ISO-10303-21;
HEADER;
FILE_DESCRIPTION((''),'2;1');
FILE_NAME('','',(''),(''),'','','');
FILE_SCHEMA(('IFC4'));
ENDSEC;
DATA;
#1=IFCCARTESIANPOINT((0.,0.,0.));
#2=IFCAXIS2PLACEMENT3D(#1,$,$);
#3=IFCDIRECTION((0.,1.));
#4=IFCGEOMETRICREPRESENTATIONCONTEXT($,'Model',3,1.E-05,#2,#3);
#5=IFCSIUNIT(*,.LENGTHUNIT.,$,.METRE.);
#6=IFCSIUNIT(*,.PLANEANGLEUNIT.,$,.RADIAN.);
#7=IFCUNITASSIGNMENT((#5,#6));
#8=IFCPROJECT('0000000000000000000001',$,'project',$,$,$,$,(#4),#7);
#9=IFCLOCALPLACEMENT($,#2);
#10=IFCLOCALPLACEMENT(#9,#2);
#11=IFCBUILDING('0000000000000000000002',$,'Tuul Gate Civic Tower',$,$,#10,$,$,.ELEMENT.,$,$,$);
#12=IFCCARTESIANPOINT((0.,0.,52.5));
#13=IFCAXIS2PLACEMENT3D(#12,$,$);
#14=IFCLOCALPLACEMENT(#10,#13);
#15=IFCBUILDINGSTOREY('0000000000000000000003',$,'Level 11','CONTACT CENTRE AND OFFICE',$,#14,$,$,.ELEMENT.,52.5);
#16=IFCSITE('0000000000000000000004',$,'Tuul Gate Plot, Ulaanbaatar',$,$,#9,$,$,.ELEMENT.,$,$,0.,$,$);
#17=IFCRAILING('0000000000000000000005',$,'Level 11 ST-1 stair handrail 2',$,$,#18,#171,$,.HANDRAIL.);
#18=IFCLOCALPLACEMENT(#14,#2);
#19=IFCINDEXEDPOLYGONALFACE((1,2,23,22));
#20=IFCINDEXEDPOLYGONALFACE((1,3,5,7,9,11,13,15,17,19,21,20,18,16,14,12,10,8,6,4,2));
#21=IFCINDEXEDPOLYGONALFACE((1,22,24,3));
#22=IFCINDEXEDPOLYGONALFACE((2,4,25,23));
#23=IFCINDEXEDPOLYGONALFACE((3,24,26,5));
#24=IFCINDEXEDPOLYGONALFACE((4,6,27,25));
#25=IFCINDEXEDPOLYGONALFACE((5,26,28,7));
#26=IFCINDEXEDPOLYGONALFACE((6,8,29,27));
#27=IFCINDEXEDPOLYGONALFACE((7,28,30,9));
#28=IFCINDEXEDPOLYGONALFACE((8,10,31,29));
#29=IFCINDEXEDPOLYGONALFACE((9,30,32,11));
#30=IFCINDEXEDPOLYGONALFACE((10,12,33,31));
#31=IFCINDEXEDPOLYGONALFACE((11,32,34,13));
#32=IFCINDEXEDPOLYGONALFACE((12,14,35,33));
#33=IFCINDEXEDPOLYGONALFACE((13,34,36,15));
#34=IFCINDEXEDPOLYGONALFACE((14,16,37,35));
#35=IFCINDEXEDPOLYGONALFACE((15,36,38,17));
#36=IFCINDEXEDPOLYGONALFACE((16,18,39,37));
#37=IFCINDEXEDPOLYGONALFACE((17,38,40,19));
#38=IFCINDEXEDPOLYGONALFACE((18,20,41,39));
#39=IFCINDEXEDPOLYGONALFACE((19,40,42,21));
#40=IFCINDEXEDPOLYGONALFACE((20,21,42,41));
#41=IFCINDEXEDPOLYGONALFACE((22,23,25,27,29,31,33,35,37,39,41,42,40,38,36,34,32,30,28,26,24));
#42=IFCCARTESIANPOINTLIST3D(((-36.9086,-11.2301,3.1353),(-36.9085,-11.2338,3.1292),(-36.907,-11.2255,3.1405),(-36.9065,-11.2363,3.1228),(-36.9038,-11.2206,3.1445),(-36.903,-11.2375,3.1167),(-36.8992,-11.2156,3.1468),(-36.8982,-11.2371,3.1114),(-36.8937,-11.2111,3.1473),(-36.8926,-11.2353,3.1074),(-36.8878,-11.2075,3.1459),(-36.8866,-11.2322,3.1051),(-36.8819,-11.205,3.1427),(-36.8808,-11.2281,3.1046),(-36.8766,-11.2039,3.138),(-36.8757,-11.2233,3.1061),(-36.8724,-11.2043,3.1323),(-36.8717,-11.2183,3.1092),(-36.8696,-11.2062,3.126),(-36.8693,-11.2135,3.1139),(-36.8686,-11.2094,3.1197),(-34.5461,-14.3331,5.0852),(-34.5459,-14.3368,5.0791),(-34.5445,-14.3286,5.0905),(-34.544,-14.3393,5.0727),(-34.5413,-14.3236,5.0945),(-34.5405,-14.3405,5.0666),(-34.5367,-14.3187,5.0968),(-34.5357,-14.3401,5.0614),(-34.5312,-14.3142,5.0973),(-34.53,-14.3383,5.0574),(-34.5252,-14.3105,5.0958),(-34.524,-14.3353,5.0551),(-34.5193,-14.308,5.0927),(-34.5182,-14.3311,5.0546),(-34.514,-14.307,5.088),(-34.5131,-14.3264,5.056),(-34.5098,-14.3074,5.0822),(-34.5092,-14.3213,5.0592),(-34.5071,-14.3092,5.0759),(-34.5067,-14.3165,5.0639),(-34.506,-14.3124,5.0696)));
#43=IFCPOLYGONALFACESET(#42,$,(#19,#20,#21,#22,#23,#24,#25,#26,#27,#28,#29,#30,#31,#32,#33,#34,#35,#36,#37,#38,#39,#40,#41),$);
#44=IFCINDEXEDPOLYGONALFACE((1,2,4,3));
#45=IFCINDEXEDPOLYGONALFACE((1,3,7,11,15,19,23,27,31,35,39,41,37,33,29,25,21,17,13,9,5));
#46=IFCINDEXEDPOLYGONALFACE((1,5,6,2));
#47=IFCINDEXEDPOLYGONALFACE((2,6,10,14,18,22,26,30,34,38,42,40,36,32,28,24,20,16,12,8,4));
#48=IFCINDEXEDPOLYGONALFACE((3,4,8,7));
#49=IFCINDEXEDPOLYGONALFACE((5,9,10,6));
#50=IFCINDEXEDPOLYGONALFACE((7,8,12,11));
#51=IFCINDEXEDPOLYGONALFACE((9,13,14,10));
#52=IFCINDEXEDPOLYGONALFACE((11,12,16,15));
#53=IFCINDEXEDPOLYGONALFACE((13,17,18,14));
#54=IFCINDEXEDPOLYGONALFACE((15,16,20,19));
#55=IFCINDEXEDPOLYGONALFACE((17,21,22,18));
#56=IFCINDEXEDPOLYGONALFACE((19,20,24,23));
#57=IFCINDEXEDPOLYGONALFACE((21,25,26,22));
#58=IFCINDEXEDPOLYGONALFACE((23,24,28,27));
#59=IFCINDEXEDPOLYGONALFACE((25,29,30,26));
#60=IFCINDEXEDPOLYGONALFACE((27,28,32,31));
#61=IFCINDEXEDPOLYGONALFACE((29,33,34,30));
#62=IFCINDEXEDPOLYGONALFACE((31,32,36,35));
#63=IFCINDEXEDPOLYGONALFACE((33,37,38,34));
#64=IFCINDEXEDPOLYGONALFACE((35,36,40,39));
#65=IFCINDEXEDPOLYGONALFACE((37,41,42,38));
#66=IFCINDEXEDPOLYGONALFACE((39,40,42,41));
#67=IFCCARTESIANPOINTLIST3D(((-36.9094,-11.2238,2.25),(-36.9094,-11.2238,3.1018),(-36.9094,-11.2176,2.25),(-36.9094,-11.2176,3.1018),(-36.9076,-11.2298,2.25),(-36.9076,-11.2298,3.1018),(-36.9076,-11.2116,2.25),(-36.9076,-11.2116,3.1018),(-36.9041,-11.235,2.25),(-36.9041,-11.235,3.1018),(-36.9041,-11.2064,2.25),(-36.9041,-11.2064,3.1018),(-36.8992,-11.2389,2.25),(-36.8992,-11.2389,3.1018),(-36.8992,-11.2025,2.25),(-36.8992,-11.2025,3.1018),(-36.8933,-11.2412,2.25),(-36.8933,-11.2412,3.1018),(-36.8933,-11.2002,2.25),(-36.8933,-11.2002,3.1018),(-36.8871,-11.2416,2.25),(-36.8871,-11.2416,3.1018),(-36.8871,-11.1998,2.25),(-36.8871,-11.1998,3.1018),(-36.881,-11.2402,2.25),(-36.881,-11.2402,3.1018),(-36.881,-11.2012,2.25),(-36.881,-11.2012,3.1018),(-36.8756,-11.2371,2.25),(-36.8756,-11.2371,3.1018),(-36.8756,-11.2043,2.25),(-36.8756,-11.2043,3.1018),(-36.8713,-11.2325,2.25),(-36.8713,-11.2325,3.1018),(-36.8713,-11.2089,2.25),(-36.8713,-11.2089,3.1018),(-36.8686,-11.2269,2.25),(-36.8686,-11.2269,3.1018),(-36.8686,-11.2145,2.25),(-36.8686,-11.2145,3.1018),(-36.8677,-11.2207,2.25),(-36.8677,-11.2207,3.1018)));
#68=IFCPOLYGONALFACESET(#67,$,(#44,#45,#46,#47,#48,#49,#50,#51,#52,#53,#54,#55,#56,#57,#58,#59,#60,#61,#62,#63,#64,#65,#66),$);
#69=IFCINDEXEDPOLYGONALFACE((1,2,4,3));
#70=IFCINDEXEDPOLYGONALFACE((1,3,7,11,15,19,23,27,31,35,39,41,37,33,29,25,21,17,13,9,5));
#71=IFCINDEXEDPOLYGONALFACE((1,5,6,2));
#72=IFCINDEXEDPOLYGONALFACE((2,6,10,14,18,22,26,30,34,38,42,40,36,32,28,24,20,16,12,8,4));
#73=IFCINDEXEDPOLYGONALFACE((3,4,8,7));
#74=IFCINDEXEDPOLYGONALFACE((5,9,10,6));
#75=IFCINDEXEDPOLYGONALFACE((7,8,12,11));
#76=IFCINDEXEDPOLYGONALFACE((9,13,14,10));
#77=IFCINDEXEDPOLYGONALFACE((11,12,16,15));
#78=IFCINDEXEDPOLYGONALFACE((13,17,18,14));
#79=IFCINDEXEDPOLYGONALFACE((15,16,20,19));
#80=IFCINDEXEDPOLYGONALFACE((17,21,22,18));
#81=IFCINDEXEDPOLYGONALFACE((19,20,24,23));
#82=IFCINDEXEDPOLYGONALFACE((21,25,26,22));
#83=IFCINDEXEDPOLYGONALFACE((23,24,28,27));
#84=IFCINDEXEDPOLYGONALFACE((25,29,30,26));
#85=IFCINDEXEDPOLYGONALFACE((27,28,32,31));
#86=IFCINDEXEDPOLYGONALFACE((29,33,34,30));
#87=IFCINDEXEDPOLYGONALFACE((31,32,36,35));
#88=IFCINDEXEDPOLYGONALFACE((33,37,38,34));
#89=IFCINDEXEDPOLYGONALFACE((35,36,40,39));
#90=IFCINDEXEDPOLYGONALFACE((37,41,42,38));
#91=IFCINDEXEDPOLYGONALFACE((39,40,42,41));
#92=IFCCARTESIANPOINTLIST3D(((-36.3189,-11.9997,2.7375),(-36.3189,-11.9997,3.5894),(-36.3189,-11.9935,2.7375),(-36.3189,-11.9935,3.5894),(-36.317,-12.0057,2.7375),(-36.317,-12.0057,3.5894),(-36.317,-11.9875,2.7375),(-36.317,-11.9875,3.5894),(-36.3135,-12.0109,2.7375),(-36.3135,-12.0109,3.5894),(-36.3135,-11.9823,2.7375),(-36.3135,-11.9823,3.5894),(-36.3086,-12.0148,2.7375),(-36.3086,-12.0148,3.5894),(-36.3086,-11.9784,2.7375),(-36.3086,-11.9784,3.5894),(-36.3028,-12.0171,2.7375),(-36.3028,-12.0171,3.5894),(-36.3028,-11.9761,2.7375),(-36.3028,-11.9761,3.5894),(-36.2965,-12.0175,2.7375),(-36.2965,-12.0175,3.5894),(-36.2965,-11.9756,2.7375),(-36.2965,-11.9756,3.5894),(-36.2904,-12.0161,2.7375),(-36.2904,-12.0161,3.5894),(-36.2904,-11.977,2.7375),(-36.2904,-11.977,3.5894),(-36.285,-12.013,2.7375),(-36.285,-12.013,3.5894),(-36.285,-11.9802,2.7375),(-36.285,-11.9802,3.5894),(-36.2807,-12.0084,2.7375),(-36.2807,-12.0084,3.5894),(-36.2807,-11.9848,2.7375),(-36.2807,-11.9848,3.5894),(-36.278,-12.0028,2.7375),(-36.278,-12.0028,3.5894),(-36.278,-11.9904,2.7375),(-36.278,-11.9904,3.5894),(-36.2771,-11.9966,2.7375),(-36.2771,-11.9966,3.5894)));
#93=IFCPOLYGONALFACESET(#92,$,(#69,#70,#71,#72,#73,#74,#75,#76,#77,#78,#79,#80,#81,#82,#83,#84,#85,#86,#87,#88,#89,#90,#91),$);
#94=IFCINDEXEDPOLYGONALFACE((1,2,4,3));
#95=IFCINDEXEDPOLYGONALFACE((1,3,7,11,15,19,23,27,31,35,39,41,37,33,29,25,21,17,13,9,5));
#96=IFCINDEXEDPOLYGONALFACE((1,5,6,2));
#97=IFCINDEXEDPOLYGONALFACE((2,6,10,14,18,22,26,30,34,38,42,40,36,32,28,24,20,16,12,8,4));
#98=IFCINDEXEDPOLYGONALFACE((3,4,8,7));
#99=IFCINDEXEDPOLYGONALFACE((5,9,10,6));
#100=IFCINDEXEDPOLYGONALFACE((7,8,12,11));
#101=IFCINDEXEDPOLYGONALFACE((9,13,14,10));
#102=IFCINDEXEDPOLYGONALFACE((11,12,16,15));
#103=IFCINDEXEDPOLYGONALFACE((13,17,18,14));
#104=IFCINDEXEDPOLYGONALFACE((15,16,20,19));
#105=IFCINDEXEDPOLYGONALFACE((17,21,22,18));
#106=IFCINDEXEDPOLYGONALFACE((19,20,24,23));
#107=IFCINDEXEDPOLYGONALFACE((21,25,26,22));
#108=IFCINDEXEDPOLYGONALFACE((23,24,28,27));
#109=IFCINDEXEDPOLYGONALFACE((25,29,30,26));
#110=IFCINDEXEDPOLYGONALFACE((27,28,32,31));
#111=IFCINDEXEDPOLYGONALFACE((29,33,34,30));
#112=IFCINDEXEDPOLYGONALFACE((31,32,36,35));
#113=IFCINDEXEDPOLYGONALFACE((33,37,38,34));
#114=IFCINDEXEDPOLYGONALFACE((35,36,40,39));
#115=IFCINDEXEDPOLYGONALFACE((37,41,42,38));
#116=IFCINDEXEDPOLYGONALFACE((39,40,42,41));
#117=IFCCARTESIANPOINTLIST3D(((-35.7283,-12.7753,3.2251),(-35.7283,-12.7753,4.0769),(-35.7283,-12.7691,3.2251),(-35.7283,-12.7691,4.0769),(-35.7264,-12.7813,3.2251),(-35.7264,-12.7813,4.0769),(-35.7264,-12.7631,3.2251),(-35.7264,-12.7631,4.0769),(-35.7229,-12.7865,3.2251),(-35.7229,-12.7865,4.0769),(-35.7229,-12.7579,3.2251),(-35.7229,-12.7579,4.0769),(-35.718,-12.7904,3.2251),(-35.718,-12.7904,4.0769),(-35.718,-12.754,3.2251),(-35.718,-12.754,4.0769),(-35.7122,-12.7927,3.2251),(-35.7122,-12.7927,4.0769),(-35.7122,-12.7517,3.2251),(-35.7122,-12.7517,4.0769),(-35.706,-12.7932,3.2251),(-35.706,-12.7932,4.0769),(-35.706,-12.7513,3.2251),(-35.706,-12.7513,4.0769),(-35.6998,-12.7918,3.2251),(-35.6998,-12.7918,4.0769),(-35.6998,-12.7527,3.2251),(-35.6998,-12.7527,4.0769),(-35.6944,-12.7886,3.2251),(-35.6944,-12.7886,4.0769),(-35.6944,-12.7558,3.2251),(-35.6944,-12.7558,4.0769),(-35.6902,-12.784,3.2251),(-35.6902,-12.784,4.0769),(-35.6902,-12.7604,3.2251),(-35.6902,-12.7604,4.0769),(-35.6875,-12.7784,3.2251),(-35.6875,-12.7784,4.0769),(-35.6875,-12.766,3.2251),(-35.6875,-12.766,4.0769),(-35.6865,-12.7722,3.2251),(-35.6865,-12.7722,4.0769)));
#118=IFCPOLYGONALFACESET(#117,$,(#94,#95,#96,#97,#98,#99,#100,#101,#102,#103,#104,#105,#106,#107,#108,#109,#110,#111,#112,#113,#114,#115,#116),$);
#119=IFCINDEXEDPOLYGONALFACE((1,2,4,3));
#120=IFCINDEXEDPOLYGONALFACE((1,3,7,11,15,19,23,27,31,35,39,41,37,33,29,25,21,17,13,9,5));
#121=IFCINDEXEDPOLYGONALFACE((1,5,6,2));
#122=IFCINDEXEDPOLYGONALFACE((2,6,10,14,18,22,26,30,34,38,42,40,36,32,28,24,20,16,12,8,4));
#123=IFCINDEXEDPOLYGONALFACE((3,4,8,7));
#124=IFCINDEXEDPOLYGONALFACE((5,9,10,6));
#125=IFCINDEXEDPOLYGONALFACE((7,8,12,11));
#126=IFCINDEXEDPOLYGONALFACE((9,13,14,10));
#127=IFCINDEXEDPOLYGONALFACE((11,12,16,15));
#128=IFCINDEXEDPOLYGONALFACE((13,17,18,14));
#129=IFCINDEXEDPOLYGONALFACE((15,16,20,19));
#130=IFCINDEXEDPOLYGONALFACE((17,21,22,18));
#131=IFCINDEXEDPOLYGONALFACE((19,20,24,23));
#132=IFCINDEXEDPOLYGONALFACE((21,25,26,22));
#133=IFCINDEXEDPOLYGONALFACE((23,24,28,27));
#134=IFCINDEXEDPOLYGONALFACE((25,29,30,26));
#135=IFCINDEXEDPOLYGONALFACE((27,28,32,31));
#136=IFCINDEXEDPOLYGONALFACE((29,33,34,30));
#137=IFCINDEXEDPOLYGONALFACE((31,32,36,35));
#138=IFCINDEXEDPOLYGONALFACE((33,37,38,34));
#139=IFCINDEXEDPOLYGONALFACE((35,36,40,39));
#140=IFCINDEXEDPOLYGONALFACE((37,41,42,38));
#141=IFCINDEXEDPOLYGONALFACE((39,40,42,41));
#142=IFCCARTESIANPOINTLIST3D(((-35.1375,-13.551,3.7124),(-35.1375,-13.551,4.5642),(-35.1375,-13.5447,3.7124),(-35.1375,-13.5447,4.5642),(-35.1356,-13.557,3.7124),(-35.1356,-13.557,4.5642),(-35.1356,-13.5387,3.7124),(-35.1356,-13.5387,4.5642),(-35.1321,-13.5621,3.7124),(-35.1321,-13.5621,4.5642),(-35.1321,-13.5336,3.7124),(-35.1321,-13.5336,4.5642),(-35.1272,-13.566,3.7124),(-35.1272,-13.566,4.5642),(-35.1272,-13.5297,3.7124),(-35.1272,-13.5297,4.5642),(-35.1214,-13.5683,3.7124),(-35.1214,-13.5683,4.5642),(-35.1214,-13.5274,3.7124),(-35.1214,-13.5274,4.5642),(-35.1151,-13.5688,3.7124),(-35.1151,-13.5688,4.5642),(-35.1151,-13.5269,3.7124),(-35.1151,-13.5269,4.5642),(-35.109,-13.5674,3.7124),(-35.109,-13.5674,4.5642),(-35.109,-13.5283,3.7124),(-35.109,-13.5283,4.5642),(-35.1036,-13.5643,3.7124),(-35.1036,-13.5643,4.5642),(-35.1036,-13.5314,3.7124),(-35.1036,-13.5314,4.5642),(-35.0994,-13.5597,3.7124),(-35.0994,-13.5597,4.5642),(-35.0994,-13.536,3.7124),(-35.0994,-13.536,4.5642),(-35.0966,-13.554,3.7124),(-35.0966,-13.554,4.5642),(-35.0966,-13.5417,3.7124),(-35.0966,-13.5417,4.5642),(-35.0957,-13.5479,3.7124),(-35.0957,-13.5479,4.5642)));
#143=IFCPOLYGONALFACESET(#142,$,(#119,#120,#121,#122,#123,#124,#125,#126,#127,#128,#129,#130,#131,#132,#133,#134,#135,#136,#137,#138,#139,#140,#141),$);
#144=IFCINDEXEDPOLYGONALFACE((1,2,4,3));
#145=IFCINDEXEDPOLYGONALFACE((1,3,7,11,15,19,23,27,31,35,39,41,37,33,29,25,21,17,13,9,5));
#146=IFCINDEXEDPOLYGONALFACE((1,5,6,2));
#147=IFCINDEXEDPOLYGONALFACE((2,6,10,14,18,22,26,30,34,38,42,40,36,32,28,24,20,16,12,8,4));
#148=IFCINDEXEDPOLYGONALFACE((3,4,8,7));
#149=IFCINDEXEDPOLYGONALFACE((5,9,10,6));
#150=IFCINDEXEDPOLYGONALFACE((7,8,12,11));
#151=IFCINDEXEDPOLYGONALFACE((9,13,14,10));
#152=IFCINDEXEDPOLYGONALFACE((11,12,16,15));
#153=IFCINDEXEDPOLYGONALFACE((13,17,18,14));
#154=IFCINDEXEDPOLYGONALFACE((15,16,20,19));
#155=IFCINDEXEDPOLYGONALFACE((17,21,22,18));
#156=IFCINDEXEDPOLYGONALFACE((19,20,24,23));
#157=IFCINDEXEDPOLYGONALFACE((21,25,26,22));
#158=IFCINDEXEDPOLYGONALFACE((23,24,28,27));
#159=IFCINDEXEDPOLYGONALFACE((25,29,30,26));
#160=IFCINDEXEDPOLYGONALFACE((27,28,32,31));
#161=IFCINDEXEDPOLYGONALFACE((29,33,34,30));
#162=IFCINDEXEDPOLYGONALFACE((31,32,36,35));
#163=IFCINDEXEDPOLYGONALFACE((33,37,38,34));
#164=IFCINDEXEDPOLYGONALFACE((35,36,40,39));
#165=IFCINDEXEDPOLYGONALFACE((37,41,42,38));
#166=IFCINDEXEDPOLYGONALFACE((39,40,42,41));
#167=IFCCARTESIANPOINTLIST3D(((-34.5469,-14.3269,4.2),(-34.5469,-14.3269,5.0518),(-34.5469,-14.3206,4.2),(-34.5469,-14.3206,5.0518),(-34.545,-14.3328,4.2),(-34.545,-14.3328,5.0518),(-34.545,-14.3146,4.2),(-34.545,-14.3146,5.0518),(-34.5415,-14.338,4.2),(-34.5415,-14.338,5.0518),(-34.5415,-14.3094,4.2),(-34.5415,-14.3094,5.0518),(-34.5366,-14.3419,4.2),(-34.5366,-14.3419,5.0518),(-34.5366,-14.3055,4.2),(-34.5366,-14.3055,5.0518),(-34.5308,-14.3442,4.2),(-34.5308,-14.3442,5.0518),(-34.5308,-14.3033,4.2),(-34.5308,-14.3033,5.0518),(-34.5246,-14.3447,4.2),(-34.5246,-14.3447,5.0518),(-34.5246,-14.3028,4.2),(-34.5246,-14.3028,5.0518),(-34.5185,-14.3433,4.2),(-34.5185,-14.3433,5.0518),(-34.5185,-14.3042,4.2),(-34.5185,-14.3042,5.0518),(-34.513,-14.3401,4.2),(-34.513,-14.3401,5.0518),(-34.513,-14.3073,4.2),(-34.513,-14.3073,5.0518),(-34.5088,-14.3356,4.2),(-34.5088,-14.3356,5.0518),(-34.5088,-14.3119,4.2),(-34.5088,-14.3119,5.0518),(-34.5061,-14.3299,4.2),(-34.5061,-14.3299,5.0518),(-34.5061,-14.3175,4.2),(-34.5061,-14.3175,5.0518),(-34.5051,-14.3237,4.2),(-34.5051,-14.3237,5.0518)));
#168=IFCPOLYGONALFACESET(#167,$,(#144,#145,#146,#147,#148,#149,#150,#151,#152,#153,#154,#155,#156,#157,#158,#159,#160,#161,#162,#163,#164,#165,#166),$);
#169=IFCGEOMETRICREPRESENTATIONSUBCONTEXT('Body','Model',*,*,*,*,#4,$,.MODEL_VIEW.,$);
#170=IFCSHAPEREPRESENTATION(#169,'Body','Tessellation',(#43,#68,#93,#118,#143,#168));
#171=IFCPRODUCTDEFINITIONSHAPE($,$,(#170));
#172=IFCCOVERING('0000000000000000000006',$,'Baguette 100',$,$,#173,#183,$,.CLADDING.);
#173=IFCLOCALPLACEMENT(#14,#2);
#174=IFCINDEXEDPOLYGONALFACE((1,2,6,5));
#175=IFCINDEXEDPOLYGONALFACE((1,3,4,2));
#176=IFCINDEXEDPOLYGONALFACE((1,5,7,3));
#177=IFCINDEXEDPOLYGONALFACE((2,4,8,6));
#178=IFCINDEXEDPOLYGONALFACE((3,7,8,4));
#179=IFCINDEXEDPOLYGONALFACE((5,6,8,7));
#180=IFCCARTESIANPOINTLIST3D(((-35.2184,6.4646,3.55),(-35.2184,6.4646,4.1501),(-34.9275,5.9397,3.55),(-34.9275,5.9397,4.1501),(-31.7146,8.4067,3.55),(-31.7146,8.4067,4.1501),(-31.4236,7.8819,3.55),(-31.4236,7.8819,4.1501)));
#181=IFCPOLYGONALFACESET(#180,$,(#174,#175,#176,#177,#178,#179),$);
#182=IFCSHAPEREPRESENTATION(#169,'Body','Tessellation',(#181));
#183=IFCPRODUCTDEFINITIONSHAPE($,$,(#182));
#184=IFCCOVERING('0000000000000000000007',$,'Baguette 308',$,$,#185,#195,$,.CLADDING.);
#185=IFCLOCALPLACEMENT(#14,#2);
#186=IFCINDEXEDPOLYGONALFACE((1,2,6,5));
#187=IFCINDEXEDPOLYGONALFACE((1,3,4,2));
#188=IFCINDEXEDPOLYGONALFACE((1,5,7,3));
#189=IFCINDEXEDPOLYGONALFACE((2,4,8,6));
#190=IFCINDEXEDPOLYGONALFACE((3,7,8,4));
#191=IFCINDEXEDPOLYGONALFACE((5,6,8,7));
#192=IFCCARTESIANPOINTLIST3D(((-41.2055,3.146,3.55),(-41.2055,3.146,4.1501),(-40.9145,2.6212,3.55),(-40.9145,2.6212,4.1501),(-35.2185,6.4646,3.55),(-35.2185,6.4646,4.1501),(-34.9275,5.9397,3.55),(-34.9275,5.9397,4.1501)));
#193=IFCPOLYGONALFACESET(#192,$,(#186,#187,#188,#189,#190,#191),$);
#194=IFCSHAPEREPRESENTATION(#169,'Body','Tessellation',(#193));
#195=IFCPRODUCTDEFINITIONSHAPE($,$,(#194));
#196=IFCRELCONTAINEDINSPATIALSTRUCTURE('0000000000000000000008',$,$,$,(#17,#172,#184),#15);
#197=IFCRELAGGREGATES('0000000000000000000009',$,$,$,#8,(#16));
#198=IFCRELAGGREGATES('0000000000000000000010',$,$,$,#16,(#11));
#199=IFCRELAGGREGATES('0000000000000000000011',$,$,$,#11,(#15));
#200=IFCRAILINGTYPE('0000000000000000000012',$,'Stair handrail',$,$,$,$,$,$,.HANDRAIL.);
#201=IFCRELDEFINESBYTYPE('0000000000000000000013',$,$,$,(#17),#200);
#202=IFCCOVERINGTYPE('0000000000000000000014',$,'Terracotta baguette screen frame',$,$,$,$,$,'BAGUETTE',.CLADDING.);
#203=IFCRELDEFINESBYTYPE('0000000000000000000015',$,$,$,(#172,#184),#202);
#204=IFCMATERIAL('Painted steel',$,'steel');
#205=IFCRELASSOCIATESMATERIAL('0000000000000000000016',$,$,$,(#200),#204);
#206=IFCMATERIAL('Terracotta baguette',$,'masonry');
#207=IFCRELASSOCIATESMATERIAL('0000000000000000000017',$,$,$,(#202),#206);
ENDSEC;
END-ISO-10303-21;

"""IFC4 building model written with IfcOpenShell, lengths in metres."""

from ifc_helpers import new_model, si_unit, direction, frame, origin, origin_2d, place, context, subcontext, project, spatial, rectangle, circle, extrude, material, material_profile, profile_set, type_object, element, save


model = new_model("IFC4")

# Units and contexts
model_context = context("Model", 3, precision=1e-05, world=origin(), true_north=direction((0.0, 1.0)))
body_context = subcontext(model_context, "Body", "Model", "MODEL_VIEW")
ifc_project = project(units=[si_unit("LENGTHUNIT", "METRE"), si_unit("PLANEANGLEUNIT", "RADIAN")], contexts=[model_context])

# Site, building, storey
site_placement = place(None, origin())
site = spatial("IfcSite", under=ifc_project, at=site_placement, Name="Tuul Gate Plot, Ulaanbaatar", CompositionType="ELEMENT", RefElevation=0.0)
building_placement = place(site_placement, origin())
building = spatial("IfcBuilding", under=site, at=building_placement, Name="Tuul Gate Civic Tower", CompositionType="ELEMENT")
storey_placement = place(building_placement, frame((0.0, 0.0, 52.5)))
storey = spatial("IfcBuildingStorey", under=building, at=storey_placement, Name="Level 11", Description="CONTACT CENTRE AND OFFICE", CompositionType="ELEMENT", Elevation=52.5)

# Railing
ifc_material_1 = material(Name="Painted steel", Category="steel")
railing_type_1 = type_object("IfcRailingType", Name="Stair handrail", PredefinedType="HANDRAIL", material=ifc_material_1)
railing_1_placement = place(storey_placement, frame((-36.8887, -11.2207, 2.25)))
element("IfcRailing", 1, at=railing_1_placement, inside=storey, type_object=railing_type_1, Name="Level 11 ST-1 stair handrail 2", PredefinedType="HANDRAIL", context=body_context, shape_type="SweptSolid", body=[
    extrude(circle(Radius=0.0239, at=origin_2d()), frame((0.0, 0.0, 0.876), z_axis=(0.541824, -0.711645, 0.4472), x_axis=(0.795637, 0.605773, 0.0)), (0.0, 0.0, 1.0), 4.3604),
    extrude(circle(Radius=0.021, at=origin_2d()), origin(), (0.0, 0.0, 1.0), 0.8518),
    extrude(circle(Radius=0.021, at=origin_2d()), frame((0.5906, -0.7759, 0.4875)), (0.0, 0.0, 1.0), 0.8518),
    extrude(circle(Radius=0.021, at=origin_2d()), frame((1.1812, -1.5515, 0.9751)), (0.0, 0.0, 1.0), 0.8518),
    extrude(circle(Radius=0.021, at=origin_2d()), frame((1.772, -2.3271, 1.4624)), (0.0, 0.0, 1.0), 0.8518),
    extrude(circle(Radius=0.021, at=origin_2d()), frame((2.3625, -3.103, 1.95)), (0.0, 0.0, 1.0), 0.8518),
])

# Coverings
ifc_material_2 = material(Name="Terracotta baguette", Category="masonry")
ifc_material_profile_1 = material_profile(ifc_material_2, rectangle(XDim=0.6001, YDim=0.6001, at=origin_2d()), Name="Terracotta baguette screen frame")
ifc_profile_set_1 = profile_set([ifc_material_profile_1], Name="Terracotta baguette")
covering_type = type_object("IfcCoveringType", Name="Terracotta baguette screen frame", ElementType="BAGUETTE", PredefinedType="CLADDING", material=ifc_profile_set_1)
covering_1_placement = place(storey_placement, frame((-31.5691, 8.1443, 3.8501), z_axis=(-0.874631, -0.484789, 0.0), x_axis=(0.484789, -0.874631, 0.0)))
element("IfcCovering", 2, at=covering_1_placement, inside=storey, type_object=covering_type, Name="Baguette 100", PredefinedType="CLADDING", context=body_context, shape_type="SweptSolid", body=[
    extrude(rectangle(XDim=0.6001, YDim=0.6001, at=origin_2d()), origin(), (0.0, 0.0, 1.0), 4.0061),
])
covering_2_placement = place(storey_placement, frame((-35.073, 6.2021, 3.8501), z_axis=(-0.874625, -0.484801, 0.0), x_axis=(0.484801, -0.874625, 0.0)))
element("IfcCovering", 3, at=covering_2_placement, inside=storey, type_object=covering_type, Name="Baguette 308", PredefinedType="CLADDING", context=body_context, shape_type="SweptSolid", body=[
    extrude(rectangle(XDim=0.6001, YDim=0.6001, at=origin_2d()), origin(), (0.0, 0.0, 1.0), 6.8452),
])

save(model, "model.ifc")
